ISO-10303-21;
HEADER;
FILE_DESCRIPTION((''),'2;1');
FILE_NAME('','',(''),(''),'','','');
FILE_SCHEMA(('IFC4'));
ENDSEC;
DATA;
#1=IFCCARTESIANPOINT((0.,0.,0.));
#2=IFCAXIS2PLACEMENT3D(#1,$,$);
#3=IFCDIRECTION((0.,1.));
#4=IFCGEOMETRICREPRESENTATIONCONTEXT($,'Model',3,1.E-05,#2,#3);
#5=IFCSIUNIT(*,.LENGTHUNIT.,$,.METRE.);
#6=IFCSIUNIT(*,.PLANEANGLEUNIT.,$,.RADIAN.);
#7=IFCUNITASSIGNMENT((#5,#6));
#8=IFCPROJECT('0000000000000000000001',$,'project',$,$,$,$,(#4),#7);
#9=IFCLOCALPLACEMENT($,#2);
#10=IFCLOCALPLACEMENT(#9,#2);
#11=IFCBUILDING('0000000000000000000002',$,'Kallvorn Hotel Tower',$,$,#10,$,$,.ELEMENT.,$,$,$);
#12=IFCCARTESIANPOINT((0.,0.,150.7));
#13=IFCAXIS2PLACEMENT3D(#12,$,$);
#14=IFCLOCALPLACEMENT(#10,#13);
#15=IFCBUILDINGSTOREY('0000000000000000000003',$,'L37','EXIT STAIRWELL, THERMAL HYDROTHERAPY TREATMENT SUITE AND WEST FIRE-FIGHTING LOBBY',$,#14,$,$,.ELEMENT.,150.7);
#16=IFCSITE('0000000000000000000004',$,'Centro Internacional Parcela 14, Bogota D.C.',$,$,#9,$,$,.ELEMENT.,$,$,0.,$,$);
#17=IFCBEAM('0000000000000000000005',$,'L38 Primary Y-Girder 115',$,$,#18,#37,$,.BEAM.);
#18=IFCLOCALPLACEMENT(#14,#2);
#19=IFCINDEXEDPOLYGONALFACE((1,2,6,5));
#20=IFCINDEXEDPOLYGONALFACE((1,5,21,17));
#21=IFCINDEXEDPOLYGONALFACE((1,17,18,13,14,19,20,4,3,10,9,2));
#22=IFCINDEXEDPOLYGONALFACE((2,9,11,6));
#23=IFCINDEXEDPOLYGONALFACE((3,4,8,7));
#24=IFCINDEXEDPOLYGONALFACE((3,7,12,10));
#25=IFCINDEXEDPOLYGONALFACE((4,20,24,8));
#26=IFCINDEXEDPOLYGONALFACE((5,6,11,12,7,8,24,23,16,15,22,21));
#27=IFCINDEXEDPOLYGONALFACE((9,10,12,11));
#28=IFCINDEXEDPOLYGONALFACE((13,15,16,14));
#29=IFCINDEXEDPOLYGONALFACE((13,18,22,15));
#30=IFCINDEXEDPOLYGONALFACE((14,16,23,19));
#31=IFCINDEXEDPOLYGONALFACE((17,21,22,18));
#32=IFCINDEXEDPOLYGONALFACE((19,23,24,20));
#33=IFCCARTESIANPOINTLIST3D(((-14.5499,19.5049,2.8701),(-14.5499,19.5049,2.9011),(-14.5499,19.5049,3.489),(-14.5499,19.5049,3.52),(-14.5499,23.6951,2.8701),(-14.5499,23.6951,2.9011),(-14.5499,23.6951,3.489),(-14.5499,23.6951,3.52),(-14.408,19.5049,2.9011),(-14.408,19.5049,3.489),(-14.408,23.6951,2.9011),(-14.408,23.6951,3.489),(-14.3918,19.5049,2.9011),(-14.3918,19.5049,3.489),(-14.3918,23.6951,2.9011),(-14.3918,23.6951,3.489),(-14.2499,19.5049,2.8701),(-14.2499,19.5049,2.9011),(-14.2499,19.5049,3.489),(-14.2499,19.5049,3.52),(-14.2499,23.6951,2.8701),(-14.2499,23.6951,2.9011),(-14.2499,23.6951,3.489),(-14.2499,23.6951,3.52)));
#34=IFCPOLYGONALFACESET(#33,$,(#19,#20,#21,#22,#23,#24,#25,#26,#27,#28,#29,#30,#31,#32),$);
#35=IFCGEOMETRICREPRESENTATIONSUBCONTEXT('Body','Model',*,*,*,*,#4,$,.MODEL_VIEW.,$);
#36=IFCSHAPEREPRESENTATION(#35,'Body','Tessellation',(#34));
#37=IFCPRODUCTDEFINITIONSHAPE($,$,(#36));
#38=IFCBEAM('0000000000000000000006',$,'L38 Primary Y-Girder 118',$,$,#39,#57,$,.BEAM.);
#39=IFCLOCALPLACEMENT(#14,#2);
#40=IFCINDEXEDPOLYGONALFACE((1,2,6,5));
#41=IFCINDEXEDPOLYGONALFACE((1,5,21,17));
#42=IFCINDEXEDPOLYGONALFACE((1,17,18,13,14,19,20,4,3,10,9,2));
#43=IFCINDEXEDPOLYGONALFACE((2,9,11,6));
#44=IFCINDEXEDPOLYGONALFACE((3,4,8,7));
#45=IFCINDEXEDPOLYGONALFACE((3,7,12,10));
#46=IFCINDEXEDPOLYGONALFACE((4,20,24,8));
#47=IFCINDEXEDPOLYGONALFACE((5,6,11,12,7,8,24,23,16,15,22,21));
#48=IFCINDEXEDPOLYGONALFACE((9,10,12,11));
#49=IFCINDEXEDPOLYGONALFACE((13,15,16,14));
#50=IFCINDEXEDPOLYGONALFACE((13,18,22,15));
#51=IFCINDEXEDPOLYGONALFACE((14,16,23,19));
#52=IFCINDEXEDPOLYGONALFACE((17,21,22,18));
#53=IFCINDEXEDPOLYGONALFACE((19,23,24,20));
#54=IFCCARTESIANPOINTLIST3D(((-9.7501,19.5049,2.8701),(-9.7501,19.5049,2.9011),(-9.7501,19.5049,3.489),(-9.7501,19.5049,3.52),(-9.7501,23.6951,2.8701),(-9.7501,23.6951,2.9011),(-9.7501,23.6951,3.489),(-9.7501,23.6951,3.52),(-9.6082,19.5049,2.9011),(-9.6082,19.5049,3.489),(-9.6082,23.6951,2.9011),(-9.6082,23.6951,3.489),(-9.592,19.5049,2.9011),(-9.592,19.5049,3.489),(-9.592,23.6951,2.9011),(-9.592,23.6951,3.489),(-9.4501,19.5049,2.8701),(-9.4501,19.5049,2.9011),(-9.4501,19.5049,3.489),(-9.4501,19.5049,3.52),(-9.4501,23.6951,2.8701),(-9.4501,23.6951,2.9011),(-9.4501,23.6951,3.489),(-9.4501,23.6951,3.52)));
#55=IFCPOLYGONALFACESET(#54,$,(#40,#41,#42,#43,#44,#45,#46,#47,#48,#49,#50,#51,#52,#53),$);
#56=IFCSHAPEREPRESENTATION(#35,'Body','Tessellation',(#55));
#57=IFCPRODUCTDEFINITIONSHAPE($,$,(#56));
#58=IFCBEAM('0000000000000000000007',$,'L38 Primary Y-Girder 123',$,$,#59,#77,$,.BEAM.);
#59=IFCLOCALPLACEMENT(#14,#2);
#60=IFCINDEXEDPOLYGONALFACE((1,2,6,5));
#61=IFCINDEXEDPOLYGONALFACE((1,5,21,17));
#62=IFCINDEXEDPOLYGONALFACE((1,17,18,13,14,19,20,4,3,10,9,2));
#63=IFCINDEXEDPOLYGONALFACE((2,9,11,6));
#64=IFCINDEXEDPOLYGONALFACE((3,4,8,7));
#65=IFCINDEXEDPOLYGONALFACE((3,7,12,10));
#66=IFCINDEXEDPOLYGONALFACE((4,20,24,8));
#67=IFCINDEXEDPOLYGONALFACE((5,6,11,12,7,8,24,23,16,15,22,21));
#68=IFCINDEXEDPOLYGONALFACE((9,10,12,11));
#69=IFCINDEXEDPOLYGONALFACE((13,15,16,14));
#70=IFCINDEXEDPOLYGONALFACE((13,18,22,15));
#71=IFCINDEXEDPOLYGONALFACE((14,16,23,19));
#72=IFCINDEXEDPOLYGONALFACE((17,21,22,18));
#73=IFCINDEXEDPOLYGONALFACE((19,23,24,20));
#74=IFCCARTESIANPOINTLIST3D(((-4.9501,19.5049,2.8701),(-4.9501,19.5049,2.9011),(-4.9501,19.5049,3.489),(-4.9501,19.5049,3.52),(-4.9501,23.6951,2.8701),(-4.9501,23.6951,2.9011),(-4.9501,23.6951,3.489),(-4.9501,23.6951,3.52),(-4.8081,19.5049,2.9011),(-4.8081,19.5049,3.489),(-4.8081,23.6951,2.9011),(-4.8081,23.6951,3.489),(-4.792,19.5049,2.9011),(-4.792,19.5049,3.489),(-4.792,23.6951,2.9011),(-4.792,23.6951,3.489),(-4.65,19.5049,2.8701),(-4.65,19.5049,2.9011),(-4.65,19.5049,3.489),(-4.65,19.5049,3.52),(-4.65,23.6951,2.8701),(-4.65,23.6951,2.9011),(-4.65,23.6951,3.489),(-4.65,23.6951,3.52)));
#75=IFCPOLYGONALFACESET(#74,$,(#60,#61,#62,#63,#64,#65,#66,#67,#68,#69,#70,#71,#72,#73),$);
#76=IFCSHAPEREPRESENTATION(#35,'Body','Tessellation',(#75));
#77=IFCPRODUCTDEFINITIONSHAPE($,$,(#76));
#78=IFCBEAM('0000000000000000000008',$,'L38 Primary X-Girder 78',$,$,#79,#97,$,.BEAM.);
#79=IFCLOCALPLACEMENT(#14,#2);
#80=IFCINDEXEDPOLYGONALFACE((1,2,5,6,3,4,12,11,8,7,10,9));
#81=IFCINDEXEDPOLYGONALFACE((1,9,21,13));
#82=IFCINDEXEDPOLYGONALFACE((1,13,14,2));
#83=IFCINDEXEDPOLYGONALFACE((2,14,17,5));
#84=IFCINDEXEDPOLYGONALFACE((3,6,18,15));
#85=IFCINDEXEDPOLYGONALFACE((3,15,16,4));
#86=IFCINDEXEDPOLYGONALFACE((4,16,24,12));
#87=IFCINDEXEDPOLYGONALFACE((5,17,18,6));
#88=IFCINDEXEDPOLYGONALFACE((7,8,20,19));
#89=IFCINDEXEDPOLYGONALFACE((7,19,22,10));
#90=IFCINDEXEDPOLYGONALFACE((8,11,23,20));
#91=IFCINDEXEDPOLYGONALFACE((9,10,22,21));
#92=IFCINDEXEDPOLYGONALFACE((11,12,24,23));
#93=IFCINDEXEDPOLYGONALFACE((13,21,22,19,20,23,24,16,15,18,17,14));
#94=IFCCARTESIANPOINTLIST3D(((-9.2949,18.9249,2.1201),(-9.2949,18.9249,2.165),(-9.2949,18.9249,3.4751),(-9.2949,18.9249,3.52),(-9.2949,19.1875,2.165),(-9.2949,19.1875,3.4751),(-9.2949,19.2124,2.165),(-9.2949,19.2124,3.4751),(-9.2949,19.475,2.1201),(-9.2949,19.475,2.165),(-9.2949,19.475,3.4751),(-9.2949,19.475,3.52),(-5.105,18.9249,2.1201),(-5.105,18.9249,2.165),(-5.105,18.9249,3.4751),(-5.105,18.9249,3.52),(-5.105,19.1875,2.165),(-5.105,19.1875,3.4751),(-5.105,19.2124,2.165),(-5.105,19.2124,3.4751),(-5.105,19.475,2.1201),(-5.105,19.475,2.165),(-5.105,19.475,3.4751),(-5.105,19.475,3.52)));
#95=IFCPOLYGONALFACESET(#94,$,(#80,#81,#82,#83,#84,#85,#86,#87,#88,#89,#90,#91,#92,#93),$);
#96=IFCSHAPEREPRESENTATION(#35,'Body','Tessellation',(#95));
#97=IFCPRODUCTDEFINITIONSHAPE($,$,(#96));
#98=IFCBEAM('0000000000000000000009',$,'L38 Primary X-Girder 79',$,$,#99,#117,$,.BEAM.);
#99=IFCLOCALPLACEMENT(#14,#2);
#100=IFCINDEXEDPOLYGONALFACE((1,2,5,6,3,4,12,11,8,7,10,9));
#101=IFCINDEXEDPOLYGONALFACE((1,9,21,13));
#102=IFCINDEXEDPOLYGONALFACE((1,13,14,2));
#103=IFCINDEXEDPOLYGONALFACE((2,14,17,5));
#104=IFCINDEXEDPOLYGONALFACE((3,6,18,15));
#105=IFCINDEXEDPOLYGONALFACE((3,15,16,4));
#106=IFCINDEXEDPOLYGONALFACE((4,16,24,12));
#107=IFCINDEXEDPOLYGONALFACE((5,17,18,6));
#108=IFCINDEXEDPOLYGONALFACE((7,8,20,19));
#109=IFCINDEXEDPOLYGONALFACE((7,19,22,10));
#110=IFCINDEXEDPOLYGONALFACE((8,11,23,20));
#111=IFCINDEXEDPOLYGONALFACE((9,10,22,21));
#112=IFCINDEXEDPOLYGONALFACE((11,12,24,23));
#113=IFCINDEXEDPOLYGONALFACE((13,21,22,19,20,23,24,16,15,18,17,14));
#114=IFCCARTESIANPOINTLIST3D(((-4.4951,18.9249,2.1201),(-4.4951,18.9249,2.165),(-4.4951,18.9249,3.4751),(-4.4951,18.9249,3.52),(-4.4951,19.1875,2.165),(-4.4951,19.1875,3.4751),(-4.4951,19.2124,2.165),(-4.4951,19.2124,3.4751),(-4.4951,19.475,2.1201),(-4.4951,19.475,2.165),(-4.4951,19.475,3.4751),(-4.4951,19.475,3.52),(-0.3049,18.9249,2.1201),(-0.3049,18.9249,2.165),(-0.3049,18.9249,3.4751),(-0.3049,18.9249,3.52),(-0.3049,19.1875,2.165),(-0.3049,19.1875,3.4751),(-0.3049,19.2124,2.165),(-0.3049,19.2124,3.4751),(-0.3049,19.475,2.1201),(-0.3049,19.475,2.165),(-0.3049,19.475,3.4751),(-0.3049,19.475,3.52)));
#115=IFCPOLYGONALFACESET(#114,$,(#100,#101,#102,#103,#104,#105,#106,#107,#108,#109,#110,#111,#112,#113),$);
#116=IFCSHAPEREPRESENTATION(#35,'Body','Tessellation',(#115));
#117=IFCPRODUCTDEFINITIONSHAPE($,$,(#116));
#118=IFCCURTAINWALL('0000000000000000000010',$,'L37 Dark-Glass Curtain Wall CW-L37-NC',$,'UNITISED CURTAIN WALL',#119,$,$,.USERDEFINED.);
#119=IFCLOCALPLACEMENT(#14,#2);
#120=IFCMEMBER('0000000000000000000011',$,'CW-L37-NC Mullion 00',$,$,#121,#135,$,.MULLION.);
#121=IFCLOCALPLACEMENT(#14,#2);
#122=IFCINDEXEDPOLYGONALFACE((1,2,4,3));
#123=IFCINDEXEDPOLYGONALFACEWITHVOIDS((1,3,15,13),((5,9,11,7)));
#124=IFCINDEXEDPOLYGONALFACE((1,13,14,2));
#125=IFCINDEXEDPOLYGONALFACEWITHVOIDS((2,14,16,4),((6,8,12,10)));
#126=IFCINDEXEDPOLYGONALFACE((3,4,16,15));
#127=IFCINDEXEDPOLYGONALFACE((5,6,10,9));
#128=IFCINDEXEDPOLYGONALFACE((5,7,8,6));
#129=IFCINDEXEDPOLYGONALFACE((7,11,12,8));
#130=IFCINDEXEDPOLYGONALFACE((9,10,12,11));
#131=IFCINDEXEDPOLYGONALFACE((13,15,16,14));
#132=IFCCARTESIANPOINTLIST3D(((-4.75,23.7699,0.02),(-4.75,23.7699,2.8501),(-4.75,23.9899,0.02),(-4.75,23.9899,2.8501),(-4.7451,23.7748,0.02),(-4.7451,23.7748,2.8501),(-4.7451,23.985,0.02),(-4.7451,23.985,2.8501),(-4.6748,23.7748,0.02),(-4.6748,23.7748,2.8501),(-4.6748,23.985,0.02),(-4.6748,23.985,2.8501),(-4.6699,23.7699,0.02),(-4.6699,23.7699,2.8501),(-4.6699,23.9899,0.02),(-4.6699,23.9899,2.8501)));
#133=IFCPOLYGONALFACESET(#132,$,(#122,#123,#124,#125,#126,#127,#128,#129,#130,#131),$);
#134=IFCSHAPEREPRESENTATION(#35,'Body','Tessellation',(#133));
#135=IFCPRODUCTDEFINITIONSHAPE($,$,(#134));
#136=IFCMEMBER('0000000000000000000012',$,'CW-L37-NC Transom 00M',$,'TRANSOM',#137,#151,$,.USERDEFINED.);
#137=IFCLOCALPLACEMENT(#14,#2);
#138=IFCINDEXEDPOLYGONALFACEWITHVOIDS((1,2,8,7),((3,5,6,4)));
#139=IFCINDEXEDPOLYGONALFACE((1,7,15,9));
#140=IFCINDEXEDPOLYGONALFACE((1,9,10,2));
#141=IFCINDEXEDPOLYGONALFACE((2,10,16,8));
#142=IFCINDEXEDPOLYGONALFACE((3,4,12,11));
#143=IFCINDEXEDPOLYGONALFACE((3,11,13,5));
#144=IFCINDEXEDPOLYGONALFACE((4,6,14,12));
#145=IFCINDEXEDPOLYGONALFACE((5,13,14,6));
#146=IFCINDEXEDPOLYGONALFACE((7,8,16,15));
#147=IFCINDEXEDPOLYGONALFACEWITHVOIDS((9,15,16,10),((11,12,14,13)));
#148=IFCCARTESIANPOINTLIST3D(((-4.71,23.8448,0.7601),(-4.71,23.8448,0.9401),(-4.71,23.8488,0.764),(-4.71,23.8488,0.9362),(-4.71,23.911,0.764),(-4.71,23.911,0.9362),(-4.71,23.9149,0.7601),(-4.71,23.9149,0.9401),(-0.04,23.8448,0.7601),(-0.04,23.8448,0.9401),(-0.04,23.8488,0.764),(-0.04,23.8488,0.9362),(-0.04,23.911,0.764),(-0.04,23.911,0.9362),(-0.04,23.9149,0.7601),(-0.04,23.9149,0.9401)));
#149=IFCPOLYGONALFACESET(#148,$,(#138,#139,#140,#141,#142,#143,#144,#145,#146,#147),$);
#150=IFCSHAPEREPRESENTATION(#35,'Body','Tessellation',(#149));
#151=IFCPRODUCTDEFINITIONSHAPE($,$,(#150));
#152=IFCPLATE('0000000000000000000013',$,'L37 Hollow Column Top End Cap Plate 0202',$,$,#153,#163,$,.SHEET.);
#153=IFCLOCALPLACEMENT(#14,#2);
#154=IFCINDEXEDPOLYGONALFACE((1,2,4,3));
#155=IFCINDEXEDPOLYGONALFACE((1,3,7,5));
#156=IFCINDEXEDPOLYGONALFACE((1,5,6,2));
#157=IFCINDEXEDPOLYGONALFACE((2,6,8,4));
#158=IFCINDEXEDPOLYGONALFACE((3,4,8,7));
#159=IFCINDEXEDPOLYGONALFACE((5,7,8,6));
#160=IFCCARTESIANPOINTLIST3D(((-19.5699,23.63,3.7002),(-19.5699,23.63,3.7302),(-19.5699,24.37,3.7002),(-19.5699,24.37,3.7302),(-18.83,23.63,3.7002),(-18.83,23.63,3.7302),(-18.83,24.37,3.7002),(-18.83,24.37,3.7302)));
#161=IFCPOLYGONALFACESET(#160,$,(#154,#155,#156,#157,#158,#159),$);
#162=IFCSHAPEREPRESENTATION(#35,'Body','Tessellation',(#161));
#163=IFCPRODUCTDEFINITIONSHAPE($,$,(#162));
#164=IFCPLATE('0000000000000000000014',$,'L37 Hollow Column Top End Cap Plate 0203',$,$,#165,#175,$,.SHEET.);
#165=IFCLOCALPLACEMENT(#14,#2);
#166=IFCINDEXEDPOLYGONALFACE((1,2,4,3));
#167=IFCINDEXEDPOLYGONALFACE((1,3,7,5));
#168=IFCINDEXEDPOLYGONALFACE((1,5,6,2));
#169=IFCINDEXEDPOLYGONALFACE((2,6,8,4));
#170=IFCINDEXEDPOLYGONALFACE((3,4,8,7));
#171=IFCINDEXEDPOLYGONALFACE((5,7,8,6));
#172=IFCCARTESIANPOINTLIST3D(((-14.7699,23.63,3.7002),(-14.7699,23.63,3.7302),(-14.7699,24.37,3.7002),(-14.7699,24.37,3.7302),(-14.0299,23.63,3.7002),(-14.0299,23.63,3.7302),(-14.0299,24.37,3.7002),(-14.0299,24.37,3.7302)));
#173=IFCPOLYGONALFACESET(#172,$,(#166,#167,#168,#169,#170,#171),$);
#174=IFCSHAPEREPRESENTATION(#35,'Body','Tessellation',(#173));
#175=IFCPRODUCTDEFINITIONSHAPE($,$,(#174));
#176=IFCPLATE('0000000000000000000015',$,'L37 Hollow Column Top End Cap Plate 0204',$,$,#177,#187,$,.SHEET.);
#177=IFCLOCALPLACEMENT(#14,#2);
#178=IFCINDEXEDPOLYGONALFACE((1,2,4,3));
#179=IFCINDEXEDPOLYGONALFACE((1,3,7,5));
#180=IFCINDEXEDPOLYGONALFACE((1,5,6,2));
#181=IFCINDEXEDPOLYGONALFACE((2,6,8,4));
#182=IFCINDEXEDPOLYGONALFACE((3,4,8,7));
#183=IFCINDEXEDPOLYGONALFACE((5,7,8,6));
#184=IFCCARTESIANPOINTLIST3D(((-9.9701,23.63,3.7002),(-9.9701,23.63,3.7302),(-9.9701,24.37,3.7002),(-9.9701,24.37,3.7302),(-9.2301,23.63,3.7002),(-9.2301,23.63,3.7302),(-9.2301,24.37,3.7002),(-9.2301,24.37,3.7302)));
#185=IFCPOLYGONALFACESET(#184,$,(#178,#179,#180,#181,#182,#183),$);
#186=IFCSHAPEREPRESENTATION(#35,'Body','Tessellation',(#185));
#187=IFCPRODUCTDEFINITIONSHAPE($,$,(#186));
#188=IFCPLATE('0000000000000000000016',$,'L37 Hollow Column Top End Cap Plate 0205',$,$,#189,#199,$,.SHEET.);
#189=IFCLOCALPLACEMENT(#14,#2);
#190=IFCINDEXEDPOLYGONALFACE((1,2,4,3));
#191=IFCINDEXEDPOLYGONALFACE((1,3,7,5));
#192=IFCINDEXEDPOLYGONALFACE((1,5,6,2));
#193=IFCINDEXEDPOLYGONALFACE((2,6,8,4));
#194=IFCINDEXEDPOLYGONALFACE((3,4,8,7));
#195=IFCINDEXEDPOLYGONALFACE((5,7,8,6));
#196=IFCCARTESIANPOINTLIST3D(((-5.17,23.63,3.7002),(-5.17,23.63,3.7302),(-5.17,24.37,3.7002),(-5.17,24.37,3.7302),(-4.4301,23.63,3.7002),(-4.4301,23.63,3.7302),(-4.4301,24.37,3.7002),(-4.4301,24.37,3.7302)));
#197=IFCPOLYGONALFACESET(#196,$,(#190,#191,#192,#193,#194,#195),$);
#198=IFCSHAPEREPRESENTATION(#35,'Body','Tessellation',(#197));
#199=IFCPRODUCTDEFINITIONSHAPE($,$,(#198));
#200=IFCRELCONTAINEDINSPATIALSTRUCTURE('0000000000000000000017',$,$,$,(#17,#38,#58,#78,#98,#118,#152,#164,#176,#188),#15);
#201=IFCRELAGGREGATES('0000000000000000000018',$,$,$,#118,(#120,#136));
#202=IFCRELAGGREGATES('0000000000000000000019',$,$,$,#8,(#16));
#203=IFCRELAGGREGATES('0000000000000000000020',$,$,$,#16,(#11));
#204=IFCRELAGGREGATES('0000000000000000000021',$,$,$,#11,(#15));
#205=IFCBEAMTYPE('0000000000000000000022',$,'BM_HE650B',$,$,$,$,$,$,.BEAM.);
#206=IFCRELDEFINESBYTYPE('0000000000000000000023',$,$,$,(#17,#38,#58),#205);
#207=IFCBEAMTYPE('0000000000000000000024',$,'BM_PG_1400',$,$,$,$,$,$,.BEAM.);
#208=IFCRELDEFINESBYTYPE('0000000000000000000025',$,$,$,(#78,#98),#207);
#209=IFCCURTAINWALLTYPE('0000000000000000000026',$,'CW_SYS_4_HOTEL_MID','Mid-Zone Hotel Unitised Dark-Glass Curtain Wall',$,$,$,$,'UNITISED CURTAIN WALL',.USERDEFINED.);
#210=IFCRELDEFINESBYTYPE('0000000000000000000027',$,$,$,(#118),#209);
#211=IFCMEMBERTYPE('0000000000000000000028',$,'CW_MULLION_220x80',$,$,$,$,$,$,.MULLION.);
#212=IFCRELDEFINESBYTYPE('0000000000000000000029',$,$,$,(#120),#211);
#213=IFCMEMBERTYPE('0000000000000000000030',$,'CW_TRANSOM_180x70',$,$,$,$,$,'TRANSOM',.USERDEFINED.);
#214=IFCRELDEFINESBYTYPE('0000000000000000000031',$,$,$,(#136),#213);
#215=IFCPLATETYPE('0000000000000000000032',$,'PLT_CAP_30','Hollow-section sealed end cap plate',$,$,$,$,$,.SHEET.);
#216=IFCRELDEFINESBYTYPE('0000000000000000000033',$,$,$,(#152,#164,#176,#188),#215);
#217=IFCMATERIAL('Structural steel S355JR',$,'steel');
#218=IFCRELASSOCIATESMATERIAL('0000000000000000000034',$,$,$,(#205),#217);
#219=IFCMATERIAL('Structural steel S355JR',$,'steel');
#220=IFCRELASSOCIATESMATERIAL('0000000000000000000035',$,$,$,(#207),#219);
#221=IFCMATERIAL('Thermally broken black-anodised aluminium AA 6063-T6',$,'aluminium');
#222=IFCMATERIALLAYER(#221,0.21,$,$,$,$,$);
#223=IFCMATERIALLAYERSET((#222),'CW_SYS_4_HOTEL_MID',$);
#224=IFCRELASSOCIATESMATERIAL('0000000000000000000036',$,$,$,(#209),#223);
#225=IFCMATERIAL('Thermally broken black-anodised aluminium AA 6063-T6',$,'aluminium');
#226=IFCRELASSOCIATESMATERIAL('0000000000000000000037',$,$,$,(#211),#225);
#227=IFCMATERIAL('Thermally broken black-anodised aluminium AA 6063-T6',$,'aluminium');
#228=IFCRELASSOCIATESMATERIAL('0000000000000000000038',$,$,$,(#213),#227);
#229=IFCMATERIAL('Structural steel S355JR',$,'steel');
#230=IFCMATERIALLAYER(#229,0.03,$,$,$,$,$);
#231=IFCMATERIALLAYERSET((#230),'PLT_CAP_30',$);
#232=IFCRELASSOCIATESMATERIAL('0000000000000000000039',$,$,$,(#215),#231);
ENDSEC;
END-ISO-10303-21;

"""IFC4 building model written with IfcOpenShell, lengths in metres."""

from ifc_helpers import new_model, si_unit, direction, frame, origin, origin_2d, place, context, subcontext, project, spatial, rectangle, hollow_rectangle, i_section, extrude, material, layer, layer_set, material_profile, profile_set, type_object, element, aggregate, save


model = new_model("IFC4")

# Units and contexts
model_context = context("Model", 3, precision=1e-05, world=origin(), true_north=direction((0.0, 1.0)))
body_context = subcontext(model_context, "Body", "Model", "MODEL_VIEW")
ifc_project = project(units=[si_unit("LENGTHUNIT", "METRE"), si_unit("PLANEANGLEUNIT", "RADIAN")], contexts=[model_context])

# Site, building, storey
site_placement = place(None, origin())
site = spatial("IfcSite", under=ifc_project, at=site_placement, Name="Centro Internacional Parcela 14, Bogota D.C.", CompositionType="ELEMENT", RefElevation=0.0)
building_placement = place(site_placement, origin())
building = spatial("IfcBuilding", under=site, at=building_placement, Name="Kallvorn Hotel Tower", CompositionType="ELEMENT")
storey_placement = place(building_placement, frame((0.0, 0.0, 150.7)))
storey = spatial("IfcBuildingStorey", under=building, at=storey_placement, Name="L37", Description="EXIT STAIRWELL, THERMAL HYDROTHERAPY TREATMENT SUITE AND WEST FIRE-FIGHTING LOBBY", CompositionType="ELEMENT", Elevation=150.7)

# Beams
ifc_material_1 = material(Name="Structural steel S355JR", Category="steel")
ifc_material_profile_1 = material_profile(ifc_material_1, i_section(OverallWidth=0.3, OverallDepth=0.6499, WebThickness=0.0161, FlangeThickness=0.031, at=origin_2d()), Name="HE 650 B")
ifc_profile_set_1 = profile_set([ifc_material_profile_1], Name="Structural steel S355JR")
beam_type_1 = type_object("IfcBeamType", Name="BM_HE650B", PredefinedType="BEAM", material=ifc_profile_set_1)
for number, where, z_axis, x_axis, name in (
    (1, (-14.3999, 19.5049, 3.1951), (0.0, 1.0, 0.0), (-1.0, 0.0, 0.0), "L38 Primary Y-Girder 115"),
    (2, (-9.6001, 19.5049, 3.1951), (0.0, 1.0, 0.0), (-1.0, 0.0, 0.0), "L38 Primary Y-Girder 118"),
    (3, (-4.8, 19.5049, 3.1951), (0.0, 1.0, 0.0), (-1.0, 0.0, 0.0), "L38 Primary Y-Girder 123"),
):
    element("IfcBeam", number, at=place(storey_placement, frame(where, z_axis=z_axis, x_axis=x_axis)), inside=storey, type_object=beam_type_1, Name=name, PredefinedType="BEAM", context=body_context, shape_type="SweptSolid", body=[
        extrude(i_section(OverallWidth=0.3, OverallDepth=0.6499, WebThickness=0.0161, FlangeThickness=0.031, at=origin_2d()), origin(), (0.0, 0.0, 1.0), 4.1902),
    ])
ifc_material_2 = material(Name="Structural steel S355JR", Category="steel")
ifc_material_profile_2 = material_profile(ifc_material_2, i_section(OverallWidth=0.55, OverallDepth=1.3999, WebThickness=0.0249, FlangeThickness=0.0449, at=origin_2d()), Name="PG 1400x550x25x45")
ifc_profile_set_2 = profile_set([ifc_material_profile_2], Name="Structural steel S355JR")
beam_type_2 = type_object("IfcBeamType", Name="BM_PG_1400", PredefinedType="BEAM", material=ifc_profile_set_2)
beam_1_placement = place(storey_placement, frame((-9.2949, 19.2, 2.8201), z_axis=(1.0, 0.0, 0.0), x_axis=(0.0, 1.0, 0.0)))
element("IfcBeam", 4, at=beam_1_placement, inside=storey, type_object=beam_type_2, Name="L38 Primary X-Girder 78", PredefinedType="BEAM", context=body_context, shape_type="SweptSolid", body=[
    extrude(i_section(OverallWidth=0.55, OverallDepth=1.3999, WebThickness=0.0249, FlangeThickness=0.0449, at=origin_2d()), origin(), (0.0, 0.0, 1.0), 4.1899),
])
beam_2_placement = place(storey_placement, frame((-4.4951, 19.2, 2.8201), z_axis=(1.0, 0.0, 0.0), x_axis=(0.0, 1.0, 0.0)))
element("IfcBeam", 5, at=beam_2_placement, inside=storey, type_object=beam_type_2, Name="L38 Primary X-Girder 79", PredefinedType="BEAM", context=body_context, shape_type="SweptSolid", body=[
    extrude(i_section(OverallWidth=0.55, OverallDepth=1.3999, WebThickness=0.0249, FlangeThickness=0.0449, at=origin_2d()), origin(), (0.0, 0.0, 1.0), 4.1902),
])

# Curtain wall, members
ifc_material_3 = material(Name="Thermally broken black-anodised aluminium AA 6063-T6", Category="aluminium")
ifc_layer_1 = layer(ifc_material_3, 0.21)
ifc_layer_set_1 = layer_set([ifc_layer_1], Name="CW_SYS_4_HOTEL_MID")
curtain_wall_type = type_object("IfcCurtainWallType", Name="CW_SYS_4_HOTEL_MID", Description="Mid-Zone Hotel Unitised Dark-Glass Curtain Wall", ElementType="UNITISED CURTAIN WALL", PredefinedType="USERDEFINED", material=ifc_layer_set_1)
curtain_wall_placement = place(storey_placement, origin())
curtain_wall = element("IfcCurtainWall", 6, at=curtain_wall_placement, inside=storey, type_object=curtain_wall_type, Name="L37 Dark-Glass Curtain Wall CW-L37-NC", ObjectType="UNITISED CURTAIN WALL", PredefinedType="USERDEFINED")
ifc_material_4 = material(Name="Thermally broken black-anodised aluminium AA 6063-T6", Category="aluminium")
ifc_material_profile_3 = material_profile(ifc_material_4, hollow_rectangle(XDim=0.0801, YDim=0.22, WallThickness=0.0049, at=origin_2d()), Name="MUL 220x80")
ifc_profile_set_3 = profile_set([ifc_material_profile_3], Name="Thermally broken black-anodised aluminium AA 6063-T6")
member_type_1 = type_object("IfcMemberType", Name="CW_MULLION_220x80", PredefinedType="MULLION", material=ifc_profile_set_3)
member_1_placement = place(storey_placement, frame((-4.71, 23.8799, 0.02), z_axis=(0.0, 0.0, 1.0), x_axis=(1.0, 0.0, 0.0)))
member_1 = element("IfcMember", 7, at=member_1_placement, type_object=member_type_1, Name="CW-L37-NC Mullion 00", PredefinedType="MULLION", context=body_context, shape_type="SweptSolid", body=[
    extrude(hollow_rectangle(XDim=0.0801, YDim=0.22, WallThickness=0.0049, at=origin_2d()), origin(), (0.0, 0.0, 1.0), 2.8301),
])
ifc_material_5 = material(Name="Thermally broken black-anodised aluminium AA 6063-T6", Category="aluminium")
ifc_material_profile_4 = material_profile(ifc_material_5, hollow_rectangle(XDim=0.0701, YDim=0.1799, WallThickness=0.0039, at=origin_2d()), Name="TRN 180x70")
ifc_profile_set_4 = profile_set([ifc_material_profile_4], Name="Thermally broken black-anodised aluminium AA 6063-T6")
member_type_2 = type_object("IfcMemberType", Name="CW_TRANSOM_180x70", ElementType="TRANSOM", PredefinedType="USERDEFINED", material=ifc_profile_set_4)
member_2_placement = place(storey_placement, frame((-4.71, 23.8799, 0.8501), z_axis=(1.0, 0.0, 0.0), x_axis=(0.0, 1.0, 0.0)))
member_2 = element("IfcMember", 8, at=member_2_placement, type_object=member_type_2, Name="CW-L37-NC Transom 00M", ObjectType="TRANSOM", PredefinedType="USERDEFINED", context=body_context, shape_type="SweptSolid", body=[
    extrude(hollow_rectangle(XDim=0.0701, YDim=0.1799, WallThickness=0.0039, at=origin_2d()), origin(), (0.0, 0.0, 1.0), 4.6699),
])
aggregate(curtain_wall, [member_1, member_2])

# Plates
ifc_material_6 = material(Name="Structural steel S355JR", Category="steel")
ifc_layer_2 = layer(ifc_material_6, 0.03)
ifc_layer_set_2 = layer_set([ifc_layer_2], Name="PLT_CAP_30")
plate_type = type_object("IfcPlateType", Name="PLT_CAP_30", Description="Hollow-section sealed end cap plate", PredefinedType="SHEET", material=ifc_layer_set_2)
for number, where, z_axis, x_axis, name in (
    (9, (-19.2, 24.0, 3.7002), (0.0, 0.0, 1.0), (1.0, 0.0, 0.0), "L37 Hollow Column Top End Cap Plate 0202"),
    (10, (-14.3999, 24.0, 3.7002), (0.0, 0.0, 1.0), (1.0, 0.0, 0.0), "L37 Hollow Column Top End Cap Plate 0203"),
    (11, (-9.6001, 24.0, 3.7002), (0.0, 0.0, 1.0), (1.0, 0.0, 0.0), "L37 Hollow Column Top End Cap Plate 0204"),
    (12, (-4.8, 24.0, 3.7002), (0.0, 0.0, 1.0), (1.0, 0.0, 0.0), "L37 Hollow Column Top End Cap Plate 0205"),
):
    element("IfcPlate", number, at=place(storey_placement, frame(where, z_axis=z_axis, x_axis=x_axis)), inside=storey, type_object=plate_type, Name=name, PredefinedType="SHEET", context=body_context, shape_type="SweptSolid", body=[
        extrude(rectangle(XDim=0.74, YDim=0.74, at=origin_2d()), origin(), (0.0, 0.0, 1.0), 0.03),
    ])

save(model, "model.ifc")
